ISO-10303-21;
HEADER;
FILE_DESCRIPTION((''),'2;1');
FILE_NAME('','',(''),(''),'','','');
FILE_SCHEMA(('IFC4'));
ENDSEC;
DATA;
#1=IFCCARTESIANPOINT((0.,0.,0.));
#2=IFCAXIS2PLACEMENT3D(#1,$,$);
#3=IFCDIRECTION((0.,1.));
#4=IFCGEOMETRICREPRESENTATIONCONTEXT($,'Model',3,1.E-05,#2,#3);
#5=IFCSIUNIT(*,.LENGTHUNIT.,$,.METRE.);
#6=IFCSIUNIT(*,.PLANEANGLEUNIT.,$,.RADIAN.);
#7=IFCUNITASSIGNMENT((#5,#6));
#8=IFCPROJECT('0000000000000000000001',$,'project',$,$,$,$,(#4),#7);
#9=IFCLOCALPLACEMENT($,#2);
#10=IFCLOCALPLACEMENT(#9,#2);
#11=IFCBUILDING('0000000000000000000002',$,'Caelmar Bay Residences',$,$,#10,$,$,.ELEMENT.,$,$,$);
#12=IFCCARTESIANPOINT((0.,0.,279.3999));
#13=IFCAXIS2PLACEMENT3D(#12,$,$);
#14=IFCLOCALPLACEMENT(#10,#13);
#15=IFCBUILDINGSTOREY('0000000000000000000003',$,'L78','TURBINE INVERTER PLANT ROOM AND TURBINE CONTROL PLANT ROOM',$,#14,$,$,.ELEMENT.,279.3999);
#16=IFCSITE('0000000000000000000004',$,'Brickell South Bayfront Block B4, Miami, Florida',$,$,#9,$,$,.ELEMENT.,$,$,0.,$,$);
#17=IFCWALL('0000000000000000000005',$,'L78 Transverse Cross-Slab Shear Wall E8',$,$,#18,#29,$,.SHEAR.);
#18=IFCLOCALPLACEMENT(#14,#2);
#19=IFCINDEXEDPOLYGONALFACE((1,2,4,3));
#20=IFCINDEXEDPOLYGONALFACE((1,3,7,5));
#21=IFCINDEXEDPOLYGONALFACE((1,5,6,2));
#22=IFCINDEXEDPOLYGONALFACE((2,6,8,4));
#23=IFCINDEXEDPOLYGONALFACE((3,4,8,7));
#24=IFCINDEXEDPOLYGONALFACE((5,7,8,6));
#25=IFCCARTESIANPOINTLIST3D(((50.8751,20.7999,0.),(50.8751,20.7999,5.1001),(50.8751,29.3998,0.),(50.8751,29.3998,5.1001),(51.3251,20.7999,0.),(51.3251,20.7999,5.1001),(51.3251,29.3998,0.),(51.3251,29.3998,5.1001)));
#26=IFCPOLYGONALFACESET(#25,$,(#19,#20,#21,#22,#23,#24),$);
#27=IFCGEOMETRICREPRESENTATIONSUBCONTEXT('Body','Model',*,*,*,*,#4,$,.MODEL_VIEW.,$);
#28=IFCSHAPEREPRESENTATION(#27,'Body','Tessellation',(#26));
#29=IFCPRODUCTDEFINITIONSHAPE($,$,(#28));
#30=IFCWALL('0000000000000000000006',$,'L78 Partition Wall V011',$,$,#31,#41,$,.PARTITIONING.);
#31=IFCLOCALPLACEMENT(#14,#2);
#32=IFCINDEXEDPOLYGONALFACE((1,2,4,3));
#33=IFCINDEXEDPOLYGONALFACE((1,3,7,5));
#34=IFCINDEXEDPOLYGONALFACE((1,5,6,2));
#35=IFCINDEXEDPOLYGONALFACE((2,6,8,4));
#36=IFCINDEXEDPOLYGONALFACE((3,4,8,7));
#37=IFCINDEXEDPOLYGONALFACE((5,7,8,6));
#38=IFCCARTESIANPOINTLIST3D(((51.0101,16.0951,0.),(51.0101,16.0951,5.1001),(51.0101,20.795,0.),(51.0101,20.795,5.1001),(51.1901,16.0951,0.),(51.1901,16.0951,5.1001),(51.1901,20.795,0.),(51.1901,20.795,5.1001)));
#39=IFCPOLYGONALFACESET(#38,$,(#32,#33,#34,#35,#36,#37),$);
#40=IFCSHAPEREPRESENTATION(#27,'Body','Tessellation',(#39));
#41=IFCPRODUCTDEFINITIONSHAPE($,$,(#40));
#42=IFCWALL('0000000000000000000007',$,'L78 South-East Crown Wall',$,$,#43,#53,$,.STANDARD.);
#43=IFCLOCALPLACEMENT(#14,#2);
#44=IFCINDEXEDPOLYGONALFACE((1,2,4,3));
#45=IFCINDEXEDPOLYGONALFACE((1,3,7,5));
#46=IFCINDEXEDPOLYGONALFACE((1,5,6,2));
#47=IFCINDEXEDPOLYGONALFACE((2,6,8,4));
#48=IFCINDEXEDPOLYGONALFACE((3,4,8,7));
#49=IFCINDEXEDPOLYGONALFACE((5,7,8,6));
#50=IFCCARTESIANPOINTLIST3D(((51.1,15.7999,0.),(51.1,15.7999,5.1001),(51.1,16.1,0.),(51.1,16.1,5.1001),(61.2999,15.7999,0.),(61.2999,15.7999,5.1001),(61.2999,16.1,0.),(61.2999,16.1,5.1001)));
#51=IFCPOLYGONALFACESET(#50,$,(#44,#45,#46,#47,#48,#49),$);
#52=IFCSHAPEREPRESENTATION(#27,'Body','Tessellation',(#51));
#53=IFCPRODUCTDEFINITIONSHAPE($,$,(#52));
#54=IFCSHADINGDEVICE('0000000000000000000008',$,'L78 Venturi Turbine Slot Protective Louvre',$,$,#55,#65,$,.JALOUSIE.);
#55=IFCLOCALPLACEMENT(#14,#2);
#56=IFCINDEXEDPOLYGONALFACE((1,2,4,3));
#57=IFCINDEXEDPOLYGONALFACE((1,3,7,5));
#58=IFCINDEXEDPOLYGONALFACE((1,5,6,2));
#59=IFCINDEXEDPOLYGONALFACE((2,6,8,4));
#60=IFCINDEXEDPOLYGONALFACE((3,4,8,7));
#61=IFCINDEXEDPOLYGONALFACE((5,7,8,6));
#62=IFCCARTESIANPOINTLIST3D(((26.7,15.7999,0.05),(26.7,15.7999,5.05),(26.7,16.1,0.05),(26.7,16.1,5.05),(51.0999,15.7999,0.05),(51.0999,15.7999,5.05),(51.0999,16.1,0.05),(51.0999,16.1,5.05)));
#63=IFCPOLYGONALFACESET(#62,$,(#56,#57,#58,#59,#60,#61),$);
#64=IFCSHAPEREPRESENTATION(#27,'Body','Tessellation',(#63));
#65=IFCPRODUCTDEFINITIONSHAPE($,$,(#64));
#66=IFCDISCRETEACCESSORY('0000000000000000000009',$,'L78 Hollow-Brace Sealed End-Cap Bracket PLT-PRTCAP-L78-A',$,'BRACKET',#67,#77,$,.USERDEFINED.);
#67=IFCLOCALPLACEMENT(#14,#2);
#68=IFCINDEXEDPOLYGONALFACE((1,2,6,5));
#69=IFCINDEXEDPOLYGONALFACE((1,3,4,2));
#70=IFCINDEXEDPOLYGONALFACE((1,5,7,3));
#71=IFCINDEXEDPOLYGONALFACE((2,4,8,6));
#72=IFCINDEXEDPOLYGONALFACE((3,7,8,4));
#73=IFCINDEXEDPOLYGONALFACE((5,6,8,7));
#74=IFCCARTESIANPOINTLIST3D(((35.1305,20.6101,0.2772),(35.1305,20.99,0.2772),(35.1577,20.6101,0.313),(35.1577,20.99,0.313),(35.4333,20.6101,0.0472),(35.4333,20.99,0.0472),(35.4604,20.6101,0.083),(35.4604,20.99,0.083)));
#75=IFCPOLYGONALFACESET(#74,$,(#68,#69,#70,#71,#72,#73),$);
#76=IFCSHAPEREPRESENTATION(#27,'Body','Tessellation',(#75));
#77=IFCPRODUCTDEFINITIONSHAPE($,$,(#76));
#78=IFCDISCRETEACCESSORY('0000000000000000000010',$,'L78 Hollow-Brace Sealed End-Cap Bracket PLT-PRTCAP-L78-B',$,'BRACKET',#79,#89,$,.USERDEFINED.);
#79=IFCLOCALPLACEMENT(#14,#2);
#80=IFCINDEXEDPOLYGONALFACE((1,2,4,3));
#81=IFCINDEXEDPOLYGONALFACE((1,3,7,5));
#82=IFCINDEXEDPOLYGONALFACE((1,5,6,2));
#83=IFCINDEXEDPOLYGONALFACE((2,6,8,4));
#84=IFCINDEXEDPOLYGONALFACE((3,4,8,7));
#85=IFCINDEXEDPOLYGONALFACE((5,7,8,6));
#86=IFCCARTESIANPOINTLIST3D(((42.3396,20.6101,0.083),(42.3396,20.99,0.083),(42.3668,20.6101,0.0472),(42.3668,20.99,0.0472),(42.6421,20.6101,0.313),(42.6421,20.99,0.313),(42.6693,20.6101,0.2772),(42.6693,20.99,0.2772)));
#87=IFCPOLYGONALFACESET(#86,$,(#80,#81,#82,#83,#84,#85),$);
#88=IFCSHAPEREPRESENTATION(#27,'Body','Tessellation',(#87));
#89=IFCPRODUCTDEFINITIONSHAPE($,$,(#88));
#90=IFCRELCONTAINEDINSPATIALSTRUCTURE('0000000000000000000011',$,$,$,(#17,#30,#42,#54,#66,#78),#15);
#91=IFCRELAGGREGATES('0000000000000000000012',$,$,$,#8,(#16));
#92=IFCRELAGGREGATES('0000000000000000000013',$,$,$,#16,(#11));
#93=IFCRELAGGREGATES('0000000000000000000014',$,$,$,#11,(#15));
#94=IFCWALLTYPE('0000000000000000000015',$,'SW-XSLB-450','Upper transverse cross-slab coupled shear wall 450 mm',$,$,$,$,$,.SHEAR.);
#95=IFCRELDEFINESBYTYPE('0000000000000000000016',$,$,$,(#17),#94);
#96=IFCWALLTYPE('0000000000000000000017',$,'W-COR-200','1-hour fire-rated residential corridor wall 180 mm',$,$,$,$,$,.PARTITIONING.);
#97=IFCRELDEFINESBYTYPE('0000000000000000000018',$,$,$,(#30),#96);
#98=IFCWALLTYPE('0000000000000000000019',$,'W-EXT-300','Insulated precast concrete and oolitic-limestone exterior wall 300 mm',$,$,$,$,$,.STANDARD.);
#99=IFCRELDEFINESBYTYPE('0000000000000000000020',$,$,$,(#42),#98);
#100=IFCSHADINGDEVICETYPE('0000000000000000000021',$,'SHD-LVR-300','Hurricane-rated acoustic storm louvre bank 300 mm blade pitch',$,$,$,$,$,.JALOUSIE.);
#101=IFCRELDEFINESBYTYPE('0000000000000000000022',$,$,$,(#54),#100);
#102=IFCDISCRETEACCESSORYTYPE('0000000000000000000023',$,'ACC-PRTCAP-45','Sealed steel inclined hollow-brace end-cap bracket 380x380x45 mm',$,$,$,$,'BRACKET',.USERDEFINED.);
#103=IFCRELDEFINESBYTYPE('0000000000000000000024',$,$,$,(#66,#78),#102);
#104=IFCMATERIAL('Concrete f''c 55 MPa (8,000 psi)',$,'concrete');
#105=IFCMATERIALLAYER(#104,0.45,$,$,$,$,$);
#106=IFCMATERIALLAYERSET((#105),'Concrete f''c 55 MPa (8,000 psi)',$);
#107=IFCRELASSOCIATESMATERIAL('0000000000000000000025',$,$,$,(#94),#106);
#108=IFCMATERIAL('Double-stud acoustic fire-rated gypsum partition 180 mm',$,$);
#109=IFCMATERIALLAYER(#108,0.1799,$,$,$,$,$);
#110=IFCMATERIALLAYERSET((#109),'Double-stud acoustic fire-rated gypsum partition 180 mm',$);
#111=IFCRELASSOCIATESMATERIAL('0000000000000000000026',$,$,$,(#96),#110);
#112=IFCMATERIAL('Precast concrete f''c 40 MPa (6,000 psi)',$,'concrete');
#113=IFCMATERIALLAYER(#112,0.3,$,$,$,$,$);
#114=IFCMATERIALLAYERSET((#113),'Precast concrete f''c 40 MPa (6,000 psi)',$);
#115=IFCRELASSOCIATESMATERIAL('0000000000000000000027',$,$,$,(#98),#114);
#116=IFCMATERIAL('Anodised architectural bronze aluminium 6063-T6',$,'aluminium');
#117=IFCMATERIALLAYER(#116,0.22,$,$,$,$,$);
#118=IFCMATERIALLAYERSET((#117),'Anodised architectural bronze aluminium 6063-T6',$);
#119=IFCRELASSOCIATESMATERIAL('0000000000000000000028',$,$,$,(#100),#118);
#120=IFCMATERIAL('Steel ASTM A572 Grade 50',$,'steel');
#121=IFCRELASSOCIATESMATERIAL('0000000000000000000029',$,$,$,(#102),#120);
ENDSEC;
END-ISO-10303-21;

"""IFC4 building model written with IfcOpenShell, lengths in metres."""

from ifc_helpers import new_model, si_unit, direction, frame, frame_2d, origin, origin_2d, place, context, subcontext, project, spatial, polyline, rectangle, outline, extrude, material, layer, layer_set, type_object, element, save


model = new_model("IFC4")

# Units and contexts
model_context = context("Model", 3, precision=1e-05, world=origin(), true_north=direction((0.0, 1.0)))
body_context = subcontext(model_context, "Body", "Model", "MODEL_VIEW")
ifc_project = project(units=[si_unit("LENGTHUNIT", "METRE"), si_unit("PLANEANGLEUNIT", "RADIAN")], contexts=[model_context])

# Site, building, storey
site_placement = place(None, origin())
site = spatial("IfcSite", under=ifc_project, at=site_placement, Name="Brickell South Bayfront Block B4, Miami, Florida", CompositionType="ELEMENT", RefElevation=0.0)
building_placement = place(site_placement, origin())
building = spatial("IfcBuilding", under=site, at=building_placement, Name="Caelmar Bay Residences", CompositionType="ELEMENT")
storey_placement = place(building_placement, frame((0.0, 0.0, 279.3999)))
storey = spatial("IfcBuildingStorey", under=building, at=storey_placement, Name="L78", Description="TURBINE INVERTER PLANT ROOM AND TURBINE CONTROL PLANT ROOM", CompositionType="ELEMENT", Elevation=279.3999)

# Shared definitions
ifc_material_1 = material(Name="Concrete f'c 55 MPa (8,000 psi)", Category="concrete")

# Shared definitions
ifc_material_2 = material(Name="Steel ASTM A572 Grade 50", Category="steel")

# Walls
ifc_layer_1 = layer(ifc_material_1, 0.45)
ifc_layer_set_1 = layer_set([ifc_layer_1], Name="Concrete f'c 55 MPa (8,000 psi)")
wall_type_1 = type_object("IfcWallType", Name="SW-XSLB-450", Description="Upper transverse cross-slab coupled shear wall 450 mm", PredefinedType="SHEAR", material=ifc_layer_set_1)
wall_1_placement = place(storey_placement, frame((51.1001, 20.8, 0.0), z_axis=(0.0, 0.0, 1.0), x_axis=(0.0, 1.0, 0.0)))
element("IfcWall", 1, at=wall_1_placement, inside=storey, type_object=wall_type_1, Name="L78 Transverse Cross-Slab Shear Wall E8", PredefinedType="SHEAR", context=body_context, shape_type="SweptSolid", body=[
    extrude(rectangle(XDim=8.5999, YDim=0.45, at=frame_2d((4.2998, 0.0))), origin(), (0.0, 0.0, 1.0), 5.1001),
])
ifc_material_3 = material(Name="Double-stud acoustic fire-rated gypsum partition 180 mm")
ifc_layer_2 = layer(ifc_material_3, 0.1799)
ifc_layer_set_2 = layer_set([ifc_layer_2], Name="Double-stud acoustic fire-rated gypsum partition 180 mm")
wall_type_2 = type_object("IfcWallType", Name="W-COR-200", Description="1-hour fire-rated residential corridor wall 180 mm", PredefinedType="PARTITIONING", material=ifc_layer_set_2)
wall_2_placement = place(storey_placement, frame((51.1001, 16.095, 0.0), z_axis=(0.0, 0.0, 1.0), x_axis=(0.0, 1.0, 0.0)))
element("IfcWall", 2, at=wall_2_placement, inside=storey, type_object=wall_type_2, Name="L78 Partition Wall V011", PredefinedType="PARTITIONING", context=body_context, shape_type="SweptSolid", body=[
    extrude(rectangle(XDim=4.7, YDim=0.1799, at=frame_2d((2.3501, 0.0))), origin(), (0.0, 0.0, 1.0), 5.1001),
])
ifc_material_4 = material(Name="Precast concrete f'c 40 MPa (6,000 psi)", Category="concrete")
ifc_layer_3 = layer(ifc_material_4, 0.3)
ifc_layer_set_3 = layer_set([ifc_layer_3], Name="Precast concrete f'c 40 MPa (6,000 psi)")
wall_type_3 = type_object("IfcWallType", Name="W-EXT-300", Description="Insulated precast concrete and oolitic-limestone exterior wall 300 mm", PredefinedType="STANDARD", material=ifc_layer_set_3)
wall_3_placement = place(storey_placement, frame((61.3, 15.95, 0.0), z_axis=(0.0, 0.0, 1.0), x_axis=(-1.0, 0.0, 0.0)))
element("IfcWall", 3, at=wall_3_placement, inside=storey, type_object=wall_type_3, Name="L78 South-East Crown Wall", PredefinedType="STANDARD", context=body_context, shape_type="SweptSolid", body=[
    extrude(rectangle(XDim=10.2, YDim=0.3, at=frame_2d((5.1001, 0.0))), origin(), (0.0, 0.0, 1.0), 5.1001),
])

# Shading device
ifc_material_5 = material(Name="Anodised architectural bronze aluminium 6063-T6", Category="aluminium")
ifc_layer_4 = layer(ifc_material_5, 0.22)
ifc_layer_set_4 = layer_set([ifc_layer_4], Name="Anodised architectural bronze aluminium 6063-T6")
shading_device_type = type_object("IfcShadingDeviceType", Name="SHD-LVR-300", Description="Hurricane-rated acoustic storm louvre bank 300 mm blade pitch", PredefinedType="JALOUSIE", material=ifc_layer_set_4)
shading_device_placement = place(storey_placement, frame((38.8999, 15.95, 0.05), z_axis=(0.0, 0.0, 1.0), x_axis=(1.0, 0.0, 0.0)))
element("IfcShadingDevice", 4, at=shading_device_placement, inside=storey, type_object=shading_device_type, Name="L78 Venturi Turbine Slot Protective Louvre", PredefinedType="JALOUSIE", context=body_context, shape_type="SweptSolid", body=[
    extrude(rectangle(XDim=24.3999, YDim=0.3, at=origin_2d()), origin(), (0.0, 0.0, 1.0), 5.0),
])

# Discrete accessories
discrete_accessory_type = type_object("IfcDiscreteAccessoryType", Name="ACC-PRTCAP-45", Description="Sealed steel inclined hollow-brace end-cap bracket 380x380x45 mm", ElementType="BRACKET", PredefinedType="USERDEFINED", material=ifc_material_2)
discrete_accessory_1_placement = place(storey_placement, frame((35.4604, 20.6101, 0.083), z_axis=(0.60492, 0.0, 0.796286), x_axis=(0.0, 1.0, 0.0)))
element("IfcDiscreteAccessory", 5, at=discrete_accessory_1_placement, inside=storey, type_object=discrete_accessory_type, Name="L78 Hollow-Brace Sealed End-Cap Bracket PLT-PRTCAP-L78-A", ObjectType="BRACKET", PredefinedType="USERDEFINED", context=body_context, shape_type="SweptSolid", body=[
    extrude(outline(polyline([(0.0, 0.0), (0.3799, 0.0), (0.3799, 0.3802), (0.0, 0.3802), (0.0, 0.0)])), origin(), (0.0, 0.0, -1.0), 0.0449),
])
discrete_accessory_2_placement = place(storey_placement, frame((42.3396, 20.99, 0.083), z_axis=(-0.60523, 0.0, 0.796051), x_axis=(0.0, -1.0, 0.0)))
element("IfcDiscreteAccessory", 6, at=discrete_accessory_2_placement, inside=storey, type_object=discrete_accessory_type, Name="L78 Hollow-Brace Sealed End-Cap Bracket PLT-PRTCAP-L78-B", ObjectType="BRACKET", PredefinedType="USERDEFINED", context=body_context, shape_type="SweptSolid", body=[
    extrude(outline(polyline([(0.0, 0.0), (0.3799, 0.0), (0.3799, 0.38), (0.0, 0.38), (0.0, 0.0)])), origin(), (0.0, 0.0, -1.0), 0.0449),
])

save(model, "model.ifc")
